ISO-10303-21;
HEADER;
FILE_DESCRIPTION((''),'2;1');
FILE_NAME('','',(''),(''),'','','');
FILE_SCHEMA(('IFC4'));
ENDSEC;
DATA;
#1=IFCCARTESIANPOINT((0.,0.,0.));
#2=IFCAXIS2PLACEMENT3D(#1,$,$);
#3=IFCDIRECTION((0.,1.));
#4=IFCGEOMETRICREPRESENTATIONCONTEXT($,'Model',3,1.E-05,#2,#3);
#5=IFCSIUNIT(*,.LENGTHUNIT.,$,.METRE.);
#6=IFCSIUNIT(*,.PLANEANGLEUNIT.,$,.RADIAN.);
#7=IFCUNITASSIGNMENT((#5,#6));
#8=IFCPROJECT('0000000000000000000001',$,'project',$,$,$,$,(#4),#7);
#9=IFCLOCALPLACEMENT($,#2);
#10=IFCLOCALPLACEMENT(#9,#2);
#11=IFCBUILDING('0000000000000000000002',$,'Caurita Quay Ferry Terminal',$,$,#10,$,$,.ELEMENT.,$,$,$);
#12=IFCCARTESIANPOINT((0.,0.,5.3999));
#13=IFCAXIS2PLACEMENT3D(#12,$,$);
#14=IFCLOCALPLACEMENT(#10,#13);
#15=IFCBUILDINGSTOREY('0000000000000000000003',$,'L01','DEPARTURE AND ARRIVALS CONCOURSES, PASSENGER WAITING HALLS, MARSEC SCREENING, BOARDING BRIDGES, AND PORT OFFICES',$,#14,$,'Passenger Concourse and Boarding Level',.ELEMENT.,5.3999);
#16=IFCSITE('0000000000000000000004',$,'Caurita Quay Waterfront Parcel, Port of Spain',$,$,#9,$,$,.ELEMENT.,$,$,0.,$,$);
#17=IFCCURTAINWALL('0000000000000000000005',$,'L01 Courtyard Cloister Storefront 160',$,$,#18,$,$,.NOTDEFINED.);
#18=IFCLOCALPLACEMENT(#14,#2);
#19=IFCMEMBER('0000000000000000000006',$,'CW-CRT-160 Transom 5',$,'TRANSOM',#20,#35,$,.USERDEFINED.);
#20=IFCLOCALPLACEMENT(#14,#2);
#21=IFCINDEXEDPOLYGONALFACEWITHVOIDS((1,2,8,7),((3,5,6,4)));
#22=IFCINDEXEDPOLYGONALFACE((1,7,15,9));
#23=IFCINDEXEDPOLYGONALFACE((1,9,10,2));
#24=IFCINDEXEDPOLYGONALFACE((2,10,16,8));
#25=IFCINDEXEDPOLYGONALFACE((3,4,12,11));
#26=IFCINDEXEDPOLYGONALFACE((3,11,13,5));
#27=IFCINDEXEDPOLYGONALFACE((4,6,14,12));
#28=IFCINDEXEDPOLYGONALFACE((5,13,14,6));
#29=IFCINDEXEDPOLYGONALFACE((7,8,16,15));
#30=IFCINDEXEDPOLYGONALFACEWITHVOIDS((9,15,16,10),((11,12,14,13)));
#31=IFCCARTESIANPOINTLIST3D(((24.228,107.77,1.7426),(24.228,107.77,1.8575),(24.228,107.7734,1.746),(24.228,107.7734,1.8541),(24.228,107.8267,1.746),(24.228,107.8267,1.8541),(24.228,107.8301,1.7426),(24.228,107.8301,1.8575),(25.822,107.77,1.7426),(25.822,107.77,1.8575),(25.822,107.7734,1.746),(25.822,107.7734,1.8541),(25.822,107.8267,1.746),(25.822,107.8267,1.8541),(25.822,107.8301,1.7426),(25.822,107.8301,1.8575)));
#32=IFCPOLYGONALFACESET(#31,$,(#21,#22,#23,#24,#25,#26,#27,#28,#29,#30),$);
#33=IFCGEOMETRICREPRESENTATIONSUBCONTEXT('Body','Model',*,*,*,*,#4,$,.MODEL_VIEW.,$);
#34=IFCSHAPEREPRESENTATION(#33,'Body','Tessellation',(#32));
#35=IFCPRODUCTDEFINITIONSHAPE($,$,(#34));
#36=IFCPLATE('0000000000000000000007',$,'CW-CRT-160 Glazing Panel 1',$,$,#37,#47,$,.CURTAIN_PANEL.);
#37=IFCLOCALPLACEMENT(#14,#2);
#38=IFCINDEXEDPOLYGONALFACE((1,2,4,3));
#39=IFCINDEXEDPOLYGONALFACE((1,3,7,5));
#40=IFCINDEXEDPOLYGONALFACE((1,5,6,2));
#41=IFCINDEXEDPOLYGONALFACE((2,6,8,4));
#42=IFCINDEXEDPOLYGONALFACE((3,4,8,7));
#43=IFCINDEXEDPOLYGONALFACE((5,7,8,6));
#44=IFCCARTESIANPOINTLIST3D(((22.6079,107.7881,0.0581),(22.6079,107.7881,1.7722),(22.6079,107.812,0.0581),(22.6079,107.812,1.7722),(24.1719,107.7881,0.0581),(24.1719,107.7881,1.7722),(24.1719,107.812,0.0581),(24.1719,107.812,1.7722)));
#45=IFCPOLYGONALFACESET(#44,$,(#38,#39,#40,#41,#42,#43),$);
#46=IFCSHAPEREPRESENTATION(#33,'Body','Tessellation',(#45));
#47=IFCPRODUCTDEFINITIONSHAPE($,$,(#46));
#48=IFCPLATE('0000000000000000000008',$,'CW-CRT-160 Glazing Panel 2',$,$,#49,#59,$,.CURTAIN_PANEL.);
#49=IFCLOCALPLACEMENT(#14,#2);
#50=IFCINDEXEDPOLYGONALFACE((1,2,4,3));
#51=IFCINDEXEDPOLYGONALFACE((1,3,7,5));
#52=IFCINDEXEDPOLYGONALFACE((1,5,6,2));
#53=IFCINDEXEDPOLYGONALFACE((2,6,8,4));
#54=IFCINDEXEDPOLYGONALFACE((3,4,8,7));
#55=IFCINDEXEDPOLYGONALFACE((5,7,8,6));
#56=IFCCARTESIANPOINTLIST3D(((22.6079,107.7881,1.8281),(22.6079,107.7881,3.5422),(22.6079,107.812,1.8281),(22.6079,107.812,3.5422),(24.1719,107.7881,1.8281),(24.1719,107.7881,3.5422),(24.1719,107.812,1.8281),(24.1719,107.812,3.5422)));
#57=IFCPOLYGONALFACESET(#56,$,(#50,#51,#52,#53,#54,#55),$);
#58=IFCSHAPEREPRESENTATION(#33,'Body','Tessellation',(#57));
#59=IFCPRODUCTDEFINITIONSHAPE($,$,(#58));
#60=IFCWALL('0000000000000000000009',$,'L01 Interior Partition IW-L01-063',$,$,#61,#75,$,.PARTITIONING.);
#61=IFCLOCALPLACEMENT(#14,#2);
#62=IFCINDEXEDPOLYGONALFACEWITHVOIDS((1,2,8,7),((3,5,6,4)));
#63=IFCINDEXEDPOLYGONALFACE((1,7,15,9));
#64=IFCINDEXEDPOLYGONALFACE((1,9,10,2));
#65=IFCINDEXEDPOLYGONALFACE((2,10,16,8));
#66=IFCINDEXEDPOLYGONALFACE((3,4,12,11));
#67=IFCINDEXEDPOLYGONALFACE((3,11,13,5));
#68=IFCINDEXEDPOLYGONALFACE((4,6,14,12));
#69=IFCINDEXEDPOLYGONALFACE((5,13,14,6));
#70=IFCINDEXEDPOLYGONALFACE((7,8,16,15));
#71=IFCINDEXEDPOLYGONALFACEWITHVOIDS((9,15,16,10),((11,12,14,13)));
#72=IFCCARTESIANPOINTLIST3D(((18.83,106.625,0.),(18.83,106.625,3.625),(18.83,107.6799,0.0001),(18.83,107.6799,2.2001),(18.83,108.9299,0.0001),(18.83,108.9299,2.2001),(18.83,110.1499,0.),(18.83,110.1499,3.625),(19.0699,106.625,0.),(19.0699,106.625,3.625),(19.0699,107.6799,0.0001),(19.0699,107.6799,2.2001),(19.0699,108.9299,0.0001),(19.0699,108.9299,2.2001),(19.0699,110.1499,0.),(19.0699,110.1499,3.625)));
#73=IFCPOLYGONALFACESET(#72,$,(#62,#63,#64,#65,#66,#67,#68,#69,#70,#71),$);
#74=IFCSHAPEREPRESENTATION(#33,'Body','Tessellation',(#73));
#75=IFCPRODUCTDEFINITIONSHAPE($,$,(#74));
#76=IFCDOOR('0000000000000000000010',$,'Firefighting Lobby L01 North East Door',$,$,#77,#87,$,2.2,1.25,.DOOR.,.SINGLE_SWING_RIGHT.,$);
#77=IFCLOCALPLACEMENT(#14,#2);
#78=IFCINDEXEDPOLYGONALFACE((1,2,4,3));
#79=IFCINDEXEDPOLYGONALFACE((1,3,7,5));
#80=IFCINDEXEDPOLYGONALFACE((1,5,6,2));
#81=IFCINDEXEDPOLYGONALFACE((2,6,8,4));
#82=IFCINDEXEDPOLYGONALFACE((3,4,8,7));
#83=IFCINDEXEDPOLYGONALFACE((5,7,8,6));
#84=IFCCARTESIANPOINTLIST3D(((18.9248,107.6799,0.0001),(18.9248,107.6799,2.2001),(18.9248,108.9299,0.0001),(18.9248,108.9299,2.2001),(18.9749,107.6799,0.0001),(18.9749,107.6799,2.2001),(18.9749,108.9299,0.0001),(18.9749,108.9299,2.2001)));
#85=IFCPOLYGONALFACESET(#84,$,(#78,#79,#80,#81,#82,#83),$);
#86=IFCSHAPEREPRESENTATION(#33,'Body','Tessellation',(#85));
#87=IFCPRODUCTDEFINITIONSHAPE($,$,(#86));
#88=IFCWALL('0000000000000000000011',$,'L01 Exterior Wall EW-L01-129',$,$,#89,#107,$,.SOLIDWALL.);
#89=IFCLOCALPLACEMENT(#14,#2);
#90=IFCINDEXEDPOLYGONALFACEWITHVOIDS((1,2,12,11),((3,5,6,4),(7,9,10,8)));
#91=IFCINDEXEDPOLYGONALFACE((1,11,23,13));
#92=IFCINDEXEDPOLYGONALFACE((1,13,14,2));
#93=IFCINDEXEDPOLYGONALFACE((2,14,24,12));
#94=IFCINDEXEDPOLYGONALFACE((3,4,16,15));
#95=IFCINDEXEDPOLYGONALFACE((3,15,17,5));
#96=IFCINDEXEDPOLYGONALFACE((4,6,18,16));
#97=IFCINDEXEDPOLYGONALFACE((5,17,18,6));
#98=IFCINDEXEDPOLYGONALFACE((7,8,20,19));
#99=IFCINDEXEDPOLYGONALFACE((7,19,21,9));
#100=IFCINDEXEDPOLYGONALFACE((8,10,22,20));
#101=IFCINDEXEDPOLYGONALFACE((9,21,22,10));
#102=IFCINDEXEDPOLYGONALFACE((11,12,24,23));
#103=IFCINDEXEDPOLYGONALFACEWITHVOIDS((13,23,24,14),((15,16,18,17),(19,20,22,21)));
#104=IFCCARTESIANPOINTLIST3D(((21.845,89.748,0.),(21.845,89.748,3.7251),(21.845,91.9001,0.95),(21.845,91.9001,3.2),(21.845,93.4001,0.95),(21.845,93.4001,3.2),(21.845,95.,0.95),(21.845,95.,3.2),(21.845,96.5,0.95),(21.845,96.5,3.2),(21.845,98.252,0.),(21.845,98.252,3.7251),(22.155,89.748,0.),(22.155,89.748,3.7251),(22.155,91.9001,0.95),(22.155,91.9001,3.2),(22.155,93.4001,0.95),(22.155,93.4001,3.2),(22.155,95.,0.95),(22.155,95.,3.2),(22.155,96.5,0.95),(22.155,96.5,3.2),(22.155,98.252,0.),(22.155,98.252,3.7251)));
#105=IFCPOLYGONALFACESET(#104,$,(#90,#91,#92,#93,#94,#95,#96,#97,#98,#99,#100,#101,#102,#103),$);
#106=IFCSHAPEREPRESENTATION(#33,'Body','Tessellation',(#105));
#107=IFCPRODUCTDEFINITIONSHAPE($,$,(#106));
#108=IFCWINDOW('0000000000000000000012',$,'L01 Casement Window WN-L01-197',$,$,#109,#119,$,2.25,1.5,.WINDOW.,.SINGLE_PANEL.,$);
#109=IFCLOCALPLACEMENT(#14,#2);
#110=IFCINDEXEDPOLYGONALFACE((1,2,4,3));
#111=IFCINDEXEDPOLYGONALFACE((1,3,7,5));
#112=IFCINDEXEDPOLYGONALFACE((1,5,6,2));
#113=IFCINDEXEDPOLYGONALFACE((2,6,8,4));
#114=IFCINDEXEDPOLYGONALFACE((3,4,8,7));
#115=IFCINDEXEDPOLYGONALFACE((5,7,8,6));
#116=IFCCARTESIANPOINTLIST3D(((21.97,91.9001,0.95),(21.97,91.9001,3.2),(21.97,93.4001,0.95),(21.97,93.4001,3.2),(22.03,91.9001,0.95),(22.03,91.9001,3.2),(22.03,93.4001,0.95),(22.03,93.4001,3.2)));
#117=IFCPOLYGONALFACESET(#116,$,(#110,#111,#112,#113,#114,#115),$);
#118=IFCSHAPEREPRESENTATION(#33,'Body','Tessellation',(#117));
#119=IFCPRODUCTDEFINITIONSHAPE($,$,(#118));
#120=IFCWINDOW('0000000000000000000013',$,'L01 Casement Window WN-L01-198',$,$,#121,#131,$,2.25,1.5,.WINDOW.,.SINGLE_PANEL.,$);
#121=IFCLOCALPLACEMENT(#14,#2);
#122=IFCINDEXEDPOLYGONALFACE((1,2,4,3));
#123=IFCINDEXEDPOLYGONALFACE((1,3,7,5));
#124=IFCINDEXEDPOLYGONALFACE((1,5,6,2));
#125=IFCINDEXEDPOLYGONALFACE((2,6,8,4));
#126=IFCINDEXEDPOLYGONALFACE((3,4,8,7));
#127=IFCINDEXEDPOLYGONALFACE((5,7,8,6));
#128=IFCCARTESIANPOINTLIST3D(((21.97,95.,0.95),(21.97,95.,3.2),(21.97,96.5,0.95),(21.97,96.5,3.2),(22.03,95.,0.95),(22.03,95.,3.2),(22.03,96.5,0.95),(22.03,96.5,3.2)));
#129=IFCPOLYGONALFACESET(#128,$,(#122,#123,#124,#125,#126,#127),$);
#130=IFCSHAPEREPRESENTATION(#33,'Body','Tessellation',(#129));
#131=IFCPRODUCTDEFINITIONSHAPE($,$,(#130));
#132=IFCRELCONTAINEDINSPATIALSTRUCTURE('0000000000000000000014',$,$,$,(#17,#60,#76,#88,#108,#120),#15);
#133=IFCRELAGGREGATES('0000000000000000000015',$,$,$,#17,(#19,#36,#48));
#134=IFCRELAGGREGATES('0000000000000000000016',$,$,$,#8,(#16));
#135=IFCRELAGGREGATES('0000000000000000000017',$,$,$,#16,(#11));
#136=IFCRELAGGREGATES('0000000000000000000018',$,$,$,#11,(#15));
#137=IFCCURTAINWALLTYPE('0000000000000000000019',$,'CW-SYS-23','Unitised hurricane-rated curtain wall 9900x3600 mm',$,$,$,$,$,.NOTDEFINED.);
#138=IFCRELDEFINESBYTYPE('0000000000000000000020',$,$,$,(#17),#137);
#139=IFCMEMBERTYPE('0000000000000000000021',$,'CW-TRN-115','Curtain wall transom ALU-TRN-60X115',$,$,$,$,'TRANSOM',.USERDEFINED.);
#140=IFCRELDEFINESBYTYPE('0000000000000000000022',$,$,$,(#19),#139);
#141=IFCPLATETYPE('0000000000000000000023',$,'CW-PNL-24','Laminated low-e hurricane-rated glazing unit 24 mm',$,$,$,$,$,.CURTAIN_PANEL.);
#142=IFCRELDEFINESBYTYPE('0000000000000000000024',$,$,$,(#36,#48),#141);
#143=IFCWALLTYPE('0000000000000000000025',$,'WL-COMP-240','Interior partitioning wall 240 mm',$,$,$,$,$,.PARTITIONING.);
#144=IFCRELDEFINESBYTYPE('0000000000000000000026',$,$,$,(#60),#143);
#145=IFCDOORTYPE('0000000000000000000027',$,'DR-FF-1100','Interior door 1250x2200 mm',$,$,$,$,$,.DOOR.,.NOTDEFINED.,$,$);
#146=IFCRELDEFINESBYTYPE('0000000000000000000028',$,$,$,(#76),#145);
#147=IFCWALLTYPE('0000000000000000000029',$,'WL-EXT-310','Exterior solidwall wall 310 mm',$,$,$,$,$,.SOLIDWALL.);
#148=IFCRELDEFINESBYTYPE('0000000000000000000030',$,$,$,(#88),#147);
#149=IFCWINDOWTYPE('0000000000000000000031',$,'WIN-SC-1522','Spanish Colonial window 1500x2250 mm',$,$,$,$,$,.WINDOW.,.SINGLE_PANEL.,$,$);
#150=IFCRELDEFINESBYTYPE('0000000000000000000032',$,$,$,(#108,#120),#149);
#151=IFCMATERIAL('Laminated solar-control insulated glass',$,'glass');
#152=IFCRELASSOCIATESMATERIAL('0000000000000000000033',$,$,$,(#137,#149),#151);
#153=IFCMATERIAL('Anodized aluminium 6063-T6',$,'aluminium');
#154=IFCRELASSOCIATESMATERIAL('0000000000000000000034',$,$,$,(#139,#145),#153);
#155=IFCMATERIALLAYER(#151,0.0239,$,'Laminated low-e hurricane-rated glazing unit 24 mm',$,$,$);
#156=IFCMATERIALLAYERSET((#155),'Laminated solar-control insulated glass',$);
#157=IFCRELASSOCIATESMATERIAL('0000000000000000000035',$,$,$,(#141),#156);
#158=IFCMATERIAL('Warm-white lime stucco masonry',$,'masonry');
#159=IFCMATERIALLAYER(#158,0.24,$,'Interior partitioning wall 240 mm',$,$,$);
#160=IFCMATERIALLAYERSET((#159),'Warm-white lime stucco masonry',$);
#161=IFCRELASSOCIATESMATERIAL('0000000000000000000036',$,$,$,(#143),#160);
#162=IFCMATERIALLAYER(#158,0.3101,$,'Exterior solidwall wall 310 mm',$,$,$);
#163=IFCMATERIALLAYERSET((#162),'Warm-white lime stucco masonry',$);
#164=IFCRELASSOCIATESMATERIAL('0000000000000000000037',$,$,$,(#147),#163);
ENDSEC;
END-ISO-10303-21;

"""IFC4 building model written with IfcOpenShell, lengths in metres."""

from ifc_helpers import new_model, si_unit, direction, frame, frame_2d, origin, origin_2d, place, context, subcontext, project, spatial, rectangle, hollow_rectangle, extrude, material, layer, layer_set, material_profile, profile_set, type_object, element, fill, aggregate, save


model = new_model("IFC4")

# Units and contexts
model_context = context("Model", 3, precision=1e-05, world=origin(), true_north=direction((0.0, 1.0)))
body_context = subcontext(model_context, "Body", "Model", "MODEL_VIEW")
ifc_project = project(units=[si_unit("LENGTHUNIT", "METRE"), si_unit("PLANEANGLEUNIT", "RADIAN")], contexts=[model_context])

# Site, building, storey
site_placement = place(None, origin())
site = spatial("IfcSite", under=ifc_project, at=site_placement, Name="Caurita Quay Waterfront Parcel, Port of Spain", CompositionType="ELEMENT", RefElevation=0.0)
building_placement = place(site_placement, origin())
building = spatial("IfcBuilding", under=site, at=building_placement, Name="Caurita Quay Ferry Terminal", CompositionType="ELEMENT")
storey_placement = place(building_placement, frame((0.0, 0.0, 5.3999)))
storey = spatial("IfcBuildingStorey", under=building, at=storey_placement, Name="L01", Description="DEPARTURE AND ARRIVALS CONCOURSES, PASSENGER WAITING HALLS, MARSEC SCREENING, BOARDING BRIDGES, AND PORT OFFICES", LongName="Passenger Concourse and Boarding Level", CompositionType="ELEMENT", Elevation=5.3999)

# Curtain wall, member, plates
ifc_material_1 = material(Name="Laminated solar-control insulated glass", Category="glass")
curtain_wall_type = type_object("IfcCurtainWallType", Name="CW-SYS-23", Description="Unitised hurricane-rated curtain wall 9900x3600 mm", PredefinedType="NOTDEFINED", material=ifc_material_1)
curtain_wall_placement = place(storey_placement, origin())
curtain_wall = element("IfcCurtainWall", 1, at=curtain_wall_placement, inside=storey, type_object=curtain_wall_type, Name="L01 Courtyard Cloister Storefront 160", PredefinedType="NOTDEFINED")
ifc_material_2 = material(Name="Anodized aluminium 6063-T6", Category="aluminium")
ifc_material_profile_1 = material_profile(ifc_material_2, hollow_rectangle(XDim=0.0601, YDim=0.115, WallThickness=0.0034, at=origin_2d()), Name="ALU-TRN-60X115")
ifc_profile_set_1 = profile_set([ifc_material_profile_1], Name="Anodized aluminium 6063-T6")
member_type_1 = type_object("IfcMemberType", Name="CW-TRN-115", Description="Curtain wall transom ALU-TRN-60X115", ElementType="TRANSOM", PredefinedType="USERDEFINED", material=ifc_profile_set_1)
member_1_placement = place(storey_placement, frame((24.228, 107.8, 1.8), z_axis=(1.0, 0.0, 0.0), x_axis=(0.0, 1.0, 0.0)))
member_1 = element("IfcMember", 2, at=member_1_placement, type_object=member_type_1, Name="CW-CRT-160 Transom 5", ObjectType="TRANSOM", PredefinedType="USERDEFINED", context=body_context, shape_type="SweptSolid", body=[
    extrude(hollow_rectangle(XDim=0.0601, YDim=0.115, WallThickness=0.0034, at=origin_2d()), origin(), (0.0, 0.0, 1.0), 1.594),
])
ifc_layer_1 = layer(ifc_material_1, 0.0239, Name="Laminated low-e hurricane-rated glazing unit 24 mm")
ifc_layer_set_1 = layer_set([ifc_layer_1], Name="Laminated solar-control insulated glass")
plate_type = type_object("IfcPlateType", Name="CW-PNL-24", Description="Laminated low-e hurricane-rated glazing unit 24 mm", PredefinedType="CURTAIN_PANEL", material=ifc_layer_set_1)
plate_1_placement = place(storey_placement, frame((23.3899, 107.8, 0.0581), z_axis=(0.0, 0.0, 1.0), x_axis=(1.0, 0.0, 0.0)))
plate_1 = element("IfcPlate", 3, at=plate_1_placement, type_object=plate_type, Name="CW-CRT-160 Glazing Panel 1", PredefinedType="CURTAIN_PANEL", context=body_context, shape_type="SweptSolid", body=[
    extrude(rectangle(XDim=1.564, YDim=0.0239, at=origin_2d()), origin(), (0.0, 0.0, 1.0), 1.7141),
])
plate_2_placement = place(storey_placement, frame((23.3899, 107.8, 1.8281), z_axis=(0.0, 0.0, 1.0), x_axis=(1.0, 0.0, 0.0)))
plate_2 = element("IfcPlate", 4, at=plate_2_placement, type_object=plate_type, Name="CW-CRT-160 Glazing Panel 2", PredefinedType="CURTAIN_PANEL", context=body_context, shape_type="SweptSolid", body=[
    extrude(rectangle(XDim=1.564, YDim=0.0239, at=origin_2d()), origin(), (0.0, 0.0, 1.0), 1.7141),
])
aggregate(curtain_wall, [member_1, plate_1, plate_2])

# Wall, opening, door
ifc_material_3 = material(Name="Warm-white lime stucco masonry", Category="masonry")
ifc_layer_2 = layer(ifc_material_3, 0.24, Name="Interior partitioning wall 240 mm")
ifc_layer_set_2 = layer_set([ifc_layer_2], Name="Warm-white lime stucco masonry")
wall_type_1 = type_object("IfcWallType", Name="WL-COMP-240", Description="Interior partitioning wall 240 mm", PredefinedType="PARTITIONING", material=ifc_layer_set_2)
wall_1_placement = place(storey_placement, frame((18.95, 106.625, 0.0), z_axis=(0.0, 0.0, 1.0), x_axis=(0.0, 1.0, 0.0)))
wall_1 = element("IfcWall", 5, at=wall_1_placement, inside=storey, type_object=wall_type_1, Name="L01 Interior Partition IW-L01-063", PredefinedType="PARTITIONING", context=body_context, shape_type="SweptSolid", body=[
    extrude(rectangle(XDim=3.5249, YDim=0.24, at=frame_2d((1.7625, 0.0))), origin(), (0.0, 0.0, 1.0), 3.625),
])
opening_1_placement = place(wall_1_placement, frame((1.0549, 0.0, 0.0)))
opening_1 = element("IfcOpeningElement", 6, at=opening_1_placement, cuts=wall_1, PredefinedType="OPENING", context=body_context, shape_type="SweptSolid", body=[
    extrude(rectangle(XDim=1.25, YDim=2.2, at=frame_2d((0.625, 1.1001))), frame((0.0, 0.1299, 0.0), z_axis=(0.0, -1.0, 0.0), x_axis=(1.0, 0.0, 0.0)), (0.0, 0.0, 1.0), 0.26),
])
door_type = type_object("IfcDoorType", Name="DR-FF-1100", Description="Interior door 1250x2200 mm", OperationType="NOTDEFINED", PredefinedType="DOOR", material=ifc_material_2)
door_placement = place(opening_1_placement, frame((1.25, 0.0, 0.0), z_axis=(0.0, 0.0, 1.0), x_axis=(-1.0, 0.0, 0.0)))
door = element("IfcDoor", 7, at=door_placement, inside=storey, type_object=door_type, Name="Firefighting Lobby L01 North East Door", OperationType="SINGLE_SWING_RIGHT", OverallHeight=2.2, OverallWidth=1.25, PredefinedType="DOOR", context=body_context, shape_type="SweptSolid", body=[
    extrude(rectangle(XDim=1.25, YDim=2.2, at=frame_2d((0.625, 1.1001))), frame((0.0, 0.0249, 0.0), z_axis=(0.0, -1.0, 0.0), x_axis=(1.0, 0.0, 0.0)), (0.0, 0.0, 1.0), 0.05),
])
fill(opening_1, door)

# Wall, openings, windows
ifc_layer_3 = layer(ifc_material_3, 0.3101, Name="Exterior solidwall wall 310 mm")
ifc_layer_set_3 = layer_set([ifc_layer_3], Name="Warm-white lime stucco masonry")
wall_type_2 = type_object("IfcWallType", Name="WL-EXT-310", Description="Exterior solidwall wall 310 mm", PredefinedType="SOLIDWALL", material=ifc_layer_set_3)
wall_2_placement = place(storey_placement, frame((22.0, 89.748, 0.0), z_axis=(0.0, 0.0, 1.0), x_axis=(0.0, 1.0, 0.0)))
wall_2 = element("IfcWall", 8, at=wall_2_placement, inside=storey, type_object=wall_type_2, Name="L01 Exterior Wall EW-L01-129", PredefinedType="SOLIDWALL", context=body_context, shape_type="SweptSolid", body=[
    extrude(rectangle(XDim=8.5039, YDim=0.3101, at=frame_2d((4.252, 0.0))), origin(), (0.0, 0.0, 1.0), 3.7251),
])
opening_2_placement = place(wall_2_placement, frame((2.1521, 0.0, 0.95)))
opening_2 = element("IfcOpeningElement", 9, at=opening_2_placement, cuts=wall_2, PredefinedType="OPENING", context=body_context, shape_type="SweptSolid", body=[
    extrude(rectangle(XDim=1.5, YDim=2.25, at=frame_2d((0.75, 1.125))), frame((0.0, 0.165, 0.0), z_axis=(0.0, -1.0, 0.0), x_axis=(1.0, 0.0, 0.0)), (0.0, 0.0, 1.0), 0.3301),
])
opening_3_placement = place(wall_2_placement, frame((5.252, 0.0, 0.95)))
opening_3 = element("IfcOpeningElement", 10, at=opening_3_placement, cuts=wall_2, PredefinedType="OPENING", context=body_context, shape_type="SweptSolid", body=[
    extrude(rectangle(XDim=1.5, YDim=2.25, at=frame_2d((0.75, 1.125))), frame((0.0, 0.165, 0.0), z_axis=(0.0, -1.0, 0.0), x_axis=(1.0, 0.0, 0.0)), (0.0, 0.0, 1.0), 0.3301),
])
window_type = type_object("IfcWindowType", Name="WIN-SC-1522", Description="Spanish Colonial window 1500x2250 mm", PartitioningType="SINGLE_PANEL", PredefinedType="WINDOW", material=ifc_material_1)
window_1_placement = place(opening_2_placement, origin())
window_1 = element("IfcWindow", 11, at=window_1_placement, inside=storey, type_object=window_type, Name="L01 Casement Window WN-L01-197", OverallHeight=2.25, OverallWidth=1.5, PartitioningType="SINGLE_PANEL", PredefinedType="WINDOW", context=body_context, shape_type="SweptSolid", body=[
    extrude(rectangle(XDim=1.5, YDim=2.25, at=frame_2d((0.75, 1.125))), frame((0.0, 0.03, 0.0), z_axis=(0.0, -1.0, 0.0), x_axis=(1.0, 0.0, 0.0)), (0.0, 0.0, 1.0), 0.0601),
])
fill(opening_2, window_1)
window_2_placement = place(opening_3_placement, origin())
window_2 = element("IfcWindow", 12, at=window_2_placement, inside=storey, type_object=window_type, Name="L01 Casement Window WN-L01-198", OverallHeight=2.25, OverallWidth=1.5, PartitioningType="SINGLE_PANEL", PredefinedType="WINDOW", context=body_context, shape_type="SweptSolid", body=[
    extrude(rectangle(XDim=1.5, YDim=2.25, at=frame_2d((0.75, 1.125))), frame((0.0, 0.03, 0.0), z_axis=(0.0, -1.0, 0.0), x_axis=(1.0, 0.0, 0.0)), (0.0, 0.0, 1.0), 0.0601),
])
fill(opening_3, window_2)

save(model, "model.ifc")
